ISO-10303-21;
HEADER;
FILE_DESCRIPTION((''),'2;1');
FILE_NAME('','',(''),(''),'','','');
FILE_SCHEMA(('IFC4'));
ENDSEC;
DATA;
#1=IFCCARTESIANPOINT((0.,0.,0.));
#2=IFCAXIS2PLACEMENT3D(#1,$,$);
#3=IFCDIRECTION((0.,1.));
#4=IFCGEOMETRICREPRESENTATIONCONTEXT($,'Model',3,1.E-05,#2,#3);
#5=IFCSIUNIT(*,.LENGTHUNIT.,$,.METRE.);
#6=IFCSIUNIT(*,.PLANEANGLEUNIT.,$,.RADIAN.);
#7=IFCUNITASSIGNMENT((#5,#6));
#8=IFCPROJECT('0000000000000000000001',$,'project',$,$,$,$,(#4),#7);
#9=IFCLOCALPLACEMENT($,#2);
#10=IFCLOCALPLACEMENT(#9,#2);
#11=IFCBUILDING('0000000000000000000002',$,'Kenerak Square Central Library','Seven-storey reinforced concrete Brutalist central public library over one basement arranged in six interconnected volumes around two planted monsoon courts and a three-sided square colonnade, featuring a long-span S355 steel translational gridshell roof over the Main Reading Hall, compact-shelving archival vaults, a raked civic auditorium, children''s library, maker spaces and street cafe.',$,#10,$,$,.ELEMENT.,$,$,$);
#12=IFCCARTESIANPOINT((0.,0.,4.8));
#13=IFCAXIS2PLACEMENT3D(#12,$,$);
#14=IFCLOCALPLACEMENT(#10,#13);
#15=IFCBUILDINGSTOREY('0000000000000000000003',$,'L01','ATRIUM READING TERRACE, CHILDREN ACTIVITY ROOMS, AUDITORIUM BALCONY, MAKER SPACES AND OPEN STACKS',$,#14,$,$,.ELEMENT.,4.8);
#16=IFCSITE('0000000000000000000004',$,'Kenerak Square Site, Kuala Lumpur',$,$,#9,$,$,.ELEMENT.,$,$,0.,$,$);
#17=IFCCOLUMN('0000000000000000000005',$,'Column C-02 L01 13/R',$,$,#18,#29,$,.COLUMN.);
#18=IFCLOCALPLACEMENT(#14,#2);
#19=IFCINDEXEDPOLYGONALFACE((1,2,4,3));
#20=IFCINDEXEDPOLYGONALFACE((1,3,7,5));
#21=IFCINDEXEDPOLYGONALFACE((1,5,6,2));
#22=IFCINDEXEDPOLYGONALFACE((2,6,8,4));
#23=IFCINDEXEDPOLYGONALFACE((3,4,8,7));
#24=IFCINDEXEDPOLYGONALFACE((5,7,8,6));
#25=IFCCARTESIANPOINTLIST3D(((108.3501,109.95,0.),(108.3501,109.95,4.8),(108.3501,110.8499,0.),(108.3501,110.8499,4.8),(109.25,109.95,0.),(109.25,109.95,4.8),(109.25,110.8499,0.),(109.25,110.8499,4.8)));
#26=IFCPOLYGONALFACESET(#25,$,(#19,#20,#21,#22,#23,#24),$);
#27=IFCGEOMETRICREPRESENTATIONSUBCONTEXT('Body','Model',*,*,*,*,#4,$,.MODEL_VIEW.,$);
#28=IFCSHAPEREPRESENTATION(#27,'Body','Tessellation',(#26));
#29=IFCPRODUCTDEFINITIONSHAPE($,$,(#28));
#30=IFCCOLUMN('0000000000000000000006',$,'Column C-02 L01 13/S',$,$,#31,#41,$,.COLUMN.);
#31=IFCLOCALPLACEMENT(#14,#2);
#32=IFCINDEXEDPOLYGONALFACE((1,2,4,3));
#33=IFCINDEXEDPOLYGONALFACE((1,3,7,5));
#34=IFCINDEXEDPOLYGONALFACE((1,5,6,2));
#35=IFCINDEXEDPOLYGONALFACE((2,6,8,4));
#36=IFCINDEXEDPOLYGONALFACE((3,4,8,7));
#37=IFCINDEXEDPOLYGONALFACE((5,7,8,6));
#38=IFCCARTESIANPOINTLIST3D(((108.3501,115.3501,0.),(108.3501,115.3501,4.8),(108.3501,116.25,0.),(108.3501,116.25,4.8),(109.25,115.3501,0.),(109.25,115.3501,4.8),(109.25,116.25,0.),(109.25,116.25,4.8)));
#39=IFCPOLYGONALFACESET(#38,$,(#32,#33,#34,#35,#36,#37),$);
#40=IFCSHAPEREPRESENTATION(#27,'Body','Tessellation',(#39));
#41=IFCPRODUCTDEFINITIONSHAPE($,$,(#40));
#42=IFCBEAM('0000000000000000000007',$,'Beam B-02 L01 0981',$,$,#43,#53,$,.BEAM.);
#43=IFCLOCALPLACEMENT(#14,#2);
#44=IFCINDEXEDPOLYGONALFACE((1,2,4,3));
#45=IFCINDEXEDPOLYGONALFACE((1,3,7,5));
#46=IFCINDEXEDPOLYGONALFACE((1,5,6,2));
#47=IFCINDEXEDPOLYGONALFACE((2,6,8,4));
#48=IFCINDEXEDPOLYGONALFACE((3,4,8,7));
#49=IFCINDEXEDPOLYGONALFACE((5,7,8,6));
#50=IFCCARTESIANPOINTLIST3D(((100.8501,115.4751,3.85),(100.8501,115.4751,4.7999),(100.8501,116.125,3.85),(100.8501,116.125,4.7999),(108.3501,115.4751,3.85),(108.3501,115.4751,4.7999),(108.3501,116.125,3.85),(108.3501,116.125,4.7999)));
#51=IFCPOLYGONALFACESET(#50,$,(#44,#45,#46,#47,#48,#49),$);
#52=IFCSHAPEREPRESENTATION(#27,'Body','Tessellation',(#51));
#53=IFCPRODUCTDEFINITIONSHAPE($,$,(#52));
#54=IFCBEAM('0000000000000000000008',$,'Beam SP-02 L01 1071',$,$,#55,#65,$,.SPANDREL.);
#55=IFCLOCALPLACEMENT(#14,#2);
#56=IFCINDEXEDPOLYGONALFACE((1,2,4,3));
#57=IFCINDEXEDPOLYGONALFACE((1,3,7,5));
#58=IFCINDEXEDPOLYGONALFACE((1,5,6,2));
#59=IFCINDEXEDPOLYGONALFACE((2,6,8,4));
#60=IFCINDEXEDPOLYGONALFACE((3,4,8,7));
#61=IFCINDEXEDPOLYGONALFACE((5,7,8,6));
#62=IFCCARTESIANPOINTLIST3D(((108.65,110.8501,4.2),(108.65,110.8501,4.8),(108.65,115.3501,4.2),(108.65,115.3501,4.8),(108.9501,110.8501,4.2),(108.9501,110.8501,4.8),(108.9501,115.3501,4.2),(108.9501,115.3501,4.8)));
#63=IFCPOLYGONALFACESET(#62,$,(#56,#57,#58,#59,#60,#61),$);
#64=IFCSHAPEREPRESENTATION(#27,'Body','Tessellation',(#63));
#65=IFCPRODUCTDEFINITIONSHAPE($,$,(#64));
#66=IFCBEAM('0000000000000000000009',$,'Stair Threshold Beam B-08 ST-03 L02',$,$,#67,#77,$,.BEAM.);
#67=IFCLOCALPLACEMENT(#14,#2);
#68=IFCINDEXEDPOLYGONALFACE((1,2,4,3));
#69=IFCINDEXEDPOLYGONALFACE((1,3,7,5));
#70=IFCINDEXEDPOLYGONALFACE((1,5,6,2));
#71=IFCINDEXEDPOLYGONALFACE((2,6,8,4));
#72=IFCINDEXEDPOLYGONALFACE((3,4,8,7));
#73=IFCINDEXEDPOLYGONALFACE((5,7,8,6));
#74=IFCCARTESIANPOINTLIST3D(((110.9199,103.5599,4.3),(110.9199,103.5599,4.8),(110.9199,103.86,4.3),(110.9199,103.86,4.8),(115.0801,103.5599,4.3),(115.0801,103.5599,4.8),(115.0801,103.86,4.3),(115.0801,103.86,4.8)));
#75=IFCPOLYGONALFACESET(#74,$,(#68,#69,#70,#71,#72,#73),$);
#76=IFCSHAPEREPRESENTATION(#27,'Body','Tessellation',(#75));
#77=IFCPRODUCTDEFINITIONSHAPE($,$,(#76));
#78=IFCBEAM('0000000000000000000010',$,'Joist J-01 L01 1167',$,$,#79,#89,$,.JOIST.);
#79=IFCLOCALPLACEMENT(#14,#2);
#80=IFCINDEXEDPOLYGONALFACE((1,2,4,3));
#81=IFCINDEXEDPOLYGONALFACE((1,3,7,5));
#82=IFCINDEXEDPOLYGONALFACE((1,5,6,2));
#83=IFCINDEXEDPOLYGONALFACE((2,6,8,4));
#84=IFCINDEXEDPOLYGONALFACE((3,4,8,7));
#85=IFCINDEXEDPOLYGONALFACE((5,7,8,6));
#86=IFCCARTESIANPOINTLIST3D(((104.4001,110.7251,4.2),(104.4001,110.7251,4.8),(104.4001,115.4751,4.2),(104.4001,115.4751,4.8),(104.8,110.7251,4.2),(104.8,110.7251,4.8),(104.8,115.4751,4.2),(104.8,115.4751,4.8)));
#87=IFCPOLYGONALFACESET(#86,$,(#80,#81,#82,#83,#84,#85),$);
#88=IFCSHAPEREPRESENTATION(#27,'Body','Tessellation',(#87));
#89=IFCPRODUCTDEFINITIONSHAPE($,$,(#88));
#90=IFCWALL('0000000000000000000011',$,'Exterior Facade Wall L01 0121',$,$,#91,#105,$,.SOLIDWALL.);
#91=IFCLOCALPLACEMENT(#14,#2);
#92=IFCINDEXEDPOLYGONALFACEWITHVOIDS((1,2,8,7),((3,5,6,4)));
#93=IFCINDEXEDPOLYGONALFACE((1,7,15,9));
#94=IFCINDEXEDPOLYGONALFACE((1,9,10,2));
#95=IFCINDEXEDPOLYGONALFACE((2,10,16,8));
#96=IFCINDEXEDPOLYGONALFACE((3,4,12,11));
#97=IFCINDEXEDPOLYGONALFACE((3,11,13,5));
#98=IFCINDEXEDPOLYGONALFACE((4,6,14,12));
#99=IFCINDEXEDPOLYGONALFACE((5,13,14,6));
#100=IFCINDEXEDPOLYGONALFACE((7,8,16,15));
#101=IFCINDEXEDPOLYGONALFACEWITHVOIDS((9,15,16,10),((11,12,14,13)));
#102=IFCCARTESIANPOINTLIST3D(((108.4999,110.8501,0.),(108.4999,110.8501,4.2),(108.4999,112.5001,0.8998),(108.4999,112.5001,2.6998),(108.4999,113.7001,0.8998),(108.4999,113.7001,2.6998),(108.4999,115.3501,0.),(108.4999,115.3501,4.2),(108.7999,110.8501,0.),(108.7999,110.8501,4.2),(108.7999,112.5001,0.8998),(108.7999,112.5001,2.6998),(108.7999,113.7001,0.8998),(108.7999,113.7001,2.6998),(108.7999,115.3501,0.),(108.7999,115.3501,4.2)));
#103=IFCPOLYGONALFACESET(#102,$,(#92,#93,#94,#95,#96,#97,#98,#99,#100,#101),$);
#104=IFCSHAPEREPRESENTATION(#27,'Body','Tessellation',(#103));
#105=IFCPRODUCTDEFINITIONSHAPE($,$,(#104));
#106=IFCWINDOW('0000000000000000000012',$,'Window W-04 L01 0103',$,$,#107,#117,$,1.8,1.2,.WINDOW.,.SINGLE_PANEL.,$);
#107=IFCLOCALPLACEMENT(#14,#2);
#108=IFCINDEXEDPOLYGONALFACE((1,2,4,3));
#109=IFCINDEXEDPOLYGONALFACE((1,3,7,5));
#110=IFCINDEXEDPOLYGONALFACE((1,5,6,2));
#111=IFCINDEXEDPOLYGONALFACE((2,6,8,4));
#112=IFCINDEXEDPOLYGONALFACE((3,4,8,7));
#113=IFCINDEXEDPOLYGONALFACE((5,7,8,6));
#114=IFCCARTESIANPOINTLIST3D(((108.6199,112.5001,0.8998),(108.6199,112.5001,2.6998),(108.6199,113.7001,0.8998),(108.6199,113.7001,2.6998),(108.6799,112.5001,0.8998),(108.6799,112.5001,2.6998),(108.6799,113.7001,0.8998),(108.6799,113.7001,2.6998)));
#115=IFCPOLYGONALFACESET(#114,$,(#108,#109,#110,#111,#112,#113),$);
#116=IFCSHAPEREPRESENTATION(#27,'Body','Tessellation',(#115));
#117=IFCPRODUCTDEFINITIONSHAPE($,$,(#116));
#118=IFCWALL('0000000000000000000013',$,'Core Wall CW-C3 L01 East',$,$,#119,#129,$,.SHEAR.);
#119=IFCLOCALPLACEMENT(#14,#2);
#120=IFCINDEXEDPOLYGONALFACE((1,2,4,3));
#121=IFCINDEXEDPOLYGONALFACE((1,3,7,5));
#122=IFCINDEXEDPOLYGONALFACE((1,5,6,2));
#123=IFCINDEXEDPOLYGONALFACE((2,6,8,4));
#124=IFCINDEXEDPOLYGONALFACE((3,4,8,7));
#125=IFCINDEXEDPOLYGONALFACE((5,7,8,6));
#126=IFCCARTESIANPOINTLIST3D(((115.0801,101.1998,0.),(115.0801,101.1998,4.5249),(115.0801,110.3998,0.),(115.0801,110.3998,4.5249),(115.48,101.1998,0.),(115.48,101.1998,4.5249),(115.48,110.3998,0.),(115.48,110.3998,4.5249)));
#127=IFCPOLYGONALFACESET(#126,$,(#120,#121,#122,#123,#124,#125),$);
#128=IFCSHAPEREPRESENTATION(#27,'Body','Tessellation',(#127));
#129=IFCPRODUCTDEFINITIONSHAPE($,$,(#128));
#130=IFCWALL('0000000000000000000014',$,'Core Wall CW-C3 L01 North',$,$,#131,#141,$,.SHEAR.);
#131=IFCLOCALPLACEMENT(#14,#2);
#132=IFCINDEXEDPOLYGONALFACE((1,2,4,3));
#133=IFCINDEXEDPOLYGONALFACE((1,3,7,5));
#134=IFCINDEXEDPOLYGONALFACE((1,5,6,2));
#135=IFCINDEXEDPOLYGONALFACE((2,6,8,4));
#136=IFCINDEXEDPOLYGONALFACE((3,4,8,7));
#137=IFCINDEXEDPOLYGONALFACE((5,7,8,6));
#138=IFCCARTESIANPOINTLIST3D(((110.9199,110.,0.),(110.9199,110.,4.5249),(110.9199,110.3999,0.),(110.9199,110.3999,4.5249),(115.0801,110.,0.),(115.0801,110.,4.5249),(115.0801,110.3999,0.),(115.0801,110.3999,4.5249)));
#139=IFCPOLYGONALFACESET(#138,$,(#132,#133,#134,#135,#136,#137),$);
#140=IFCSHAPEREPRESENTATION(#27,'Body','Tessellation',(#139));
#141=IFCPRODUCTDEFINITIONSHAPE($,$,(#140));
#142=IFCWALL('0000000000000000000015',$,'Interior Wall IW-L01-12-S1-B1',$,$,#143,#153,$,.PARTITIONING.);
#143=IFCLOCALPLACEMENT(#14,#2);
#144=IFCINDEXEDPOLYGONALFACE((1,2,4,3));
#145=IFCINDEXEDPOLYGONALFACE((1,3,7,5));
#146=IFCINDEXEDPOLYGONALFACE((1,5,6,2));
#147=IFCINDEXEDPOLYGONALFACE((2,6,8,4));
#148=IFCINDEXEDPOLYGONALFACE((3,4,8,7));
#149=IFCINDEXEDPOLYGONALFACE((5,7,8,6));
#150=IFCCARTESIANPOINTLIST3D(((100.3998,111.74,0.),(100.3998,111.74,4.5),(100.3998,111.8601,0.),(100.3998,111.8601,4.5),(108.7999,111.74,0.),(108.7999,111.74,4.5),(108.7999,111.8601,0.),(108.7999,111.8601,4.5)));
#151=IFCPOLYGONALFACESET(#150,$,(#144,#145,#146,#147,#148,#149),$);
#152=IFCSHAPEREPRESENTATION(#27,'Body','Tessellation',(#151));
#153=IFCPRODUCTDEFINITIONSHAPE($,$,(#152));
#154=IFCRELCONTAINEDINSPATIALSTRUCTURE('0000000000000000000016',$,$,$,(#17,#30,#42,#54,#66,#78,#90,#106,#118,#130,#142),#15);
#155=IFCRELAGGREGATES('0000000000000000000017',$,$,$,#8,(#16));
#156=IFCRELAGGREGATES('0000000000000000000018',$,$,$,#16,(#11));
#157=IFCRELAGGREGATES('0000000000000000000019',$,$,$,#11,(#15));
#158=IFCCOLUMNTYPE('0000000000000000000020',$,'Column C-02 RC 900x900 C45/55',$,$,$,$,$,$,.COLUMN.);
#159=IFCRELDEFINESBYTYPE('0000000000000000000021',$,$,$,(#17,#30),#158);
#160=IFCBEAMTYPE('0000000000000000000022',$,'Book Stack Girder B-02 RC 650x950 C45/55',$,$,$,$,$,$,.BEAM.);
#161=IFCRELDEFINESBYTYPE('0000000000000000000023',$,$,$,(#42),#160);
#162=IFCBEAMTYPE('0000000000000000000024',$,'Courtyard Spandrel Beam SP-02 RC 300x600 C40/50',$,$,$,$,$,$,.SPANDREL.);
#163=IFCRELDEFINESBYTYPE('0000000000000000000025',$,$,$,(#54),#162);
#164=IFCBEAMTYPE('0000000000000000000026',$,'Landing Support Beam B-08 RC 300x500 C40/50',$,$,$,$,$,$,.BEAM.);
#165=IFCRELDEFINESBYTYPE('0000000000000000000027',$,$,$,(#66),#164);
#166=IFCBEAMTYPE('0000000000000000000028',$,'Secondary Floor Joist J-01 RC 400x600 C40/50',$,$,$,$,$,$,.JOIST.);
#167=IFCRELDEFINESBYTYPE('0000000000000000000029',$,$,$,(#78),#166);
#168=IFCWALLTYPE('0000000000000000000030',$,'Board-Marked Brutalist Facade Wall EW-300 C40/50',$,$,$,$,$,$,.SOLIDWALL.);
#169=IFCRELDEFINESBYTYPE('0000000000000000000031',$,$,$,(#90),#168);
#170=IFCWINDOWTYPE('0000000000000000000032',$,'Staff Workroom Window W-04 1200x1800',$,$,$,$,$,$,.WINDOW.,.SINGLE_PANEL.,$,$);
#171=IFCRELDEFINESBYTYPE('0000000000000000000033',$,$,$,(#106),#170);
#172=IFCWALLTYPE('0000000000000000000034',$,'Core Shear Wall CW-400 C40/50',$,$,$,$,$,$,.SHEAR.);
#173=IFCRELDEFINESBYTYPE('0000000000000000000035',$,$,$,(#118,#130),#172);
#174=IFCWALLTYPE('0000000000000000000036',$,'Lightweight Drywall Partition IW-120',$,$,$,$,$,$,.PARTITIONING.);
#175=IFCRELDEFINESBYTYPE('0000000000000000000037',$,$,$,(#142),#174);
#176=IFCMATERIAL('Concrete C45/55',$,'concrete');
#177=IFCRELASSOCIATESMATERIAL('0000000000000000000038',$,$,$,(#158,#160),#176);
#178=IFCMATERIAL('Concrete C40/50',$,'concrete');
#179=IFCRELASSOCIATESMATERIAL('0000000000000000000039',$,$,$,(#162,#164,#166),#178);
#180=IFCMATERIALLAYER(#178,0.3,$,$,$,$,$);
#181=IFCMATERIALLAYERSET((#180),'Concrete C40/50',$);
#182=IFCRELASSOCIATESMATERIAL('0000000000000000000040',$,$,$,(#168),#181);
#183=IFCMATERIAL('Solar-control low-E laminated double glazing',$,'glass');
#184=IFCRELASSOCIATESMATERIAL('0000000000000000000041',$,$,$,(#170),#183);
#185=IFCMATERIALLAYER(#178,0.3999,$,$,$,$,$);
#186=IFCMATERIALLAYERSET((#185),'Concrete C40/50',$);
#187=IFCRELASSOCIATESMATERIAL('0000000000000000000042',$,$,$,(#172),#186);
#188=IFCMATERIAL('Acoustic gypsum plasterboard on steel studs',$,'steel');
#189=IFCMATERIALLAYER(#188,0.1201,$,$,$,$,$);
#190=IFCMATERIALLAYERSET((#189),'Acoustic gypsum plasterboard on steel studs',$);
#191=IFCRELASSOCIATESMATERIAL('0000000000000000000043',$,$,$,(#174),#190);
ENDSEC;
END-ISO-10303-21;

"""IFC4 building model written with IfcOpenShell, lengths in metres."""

from ifc_helpers import new_model, si_unit, direction, frame, frame_2d, origin, origin_2d, place, context, subcontext, project, spatial, rectangle, extrude, material, layer, layer_set, material_profile, profile_set, type_object, element, fill, save


model = new_model("IFC4")

# Units and contexts
model_context = context("Model", 3, precision=1e-05, world=origin(), true_north=direction((0.0, 1.0)))
body_context = subcontext(model_context, "Body", "Model", "MODEL_VIEW")
ifc_project = project(units=[si_unit("LENGTHUNIT", "METRE"), si_unit("PLANEANGLEUNIT", "RADIAN")], contexts=[model_context])

# Site, building, storey
site_placement = place(None, origin())
site = spatial("IfcSite", under=ifc_project, at=site_placement, Name="Kenerak Square Site, Kuala Lumpur", CompositionType="ELEMENT", RefElevation=0.0)
building_placement = place(site_placement, origin())
building = spatial("IfcBuilding", under=site, at=building_placement, Name="Kenerak Square Central Library", Description="Seven-storey reinforced concrete Brutalist central public library over one basement arranged in six interconnected volumes around two planted monsoon courts and a three-sided square colonnade, featuring a long-span S355 steel translational gridshell roof over the Main Reading Hall, compact-shelving archival vaults, a raked civic auditorium, children's library, maker spaces and street cafe.", CompositionType="ELEMENT")
storey_placement = place(building_placement, frame((0.0, 0.0, 4.8)))
storey = spatial("IfcBuildingStorey", under=building, at=storey_placement, Name="L01", Description="ATRIUM READING TERRACE, CHILDREN ACTIVITY ROOMS, AUDITORIUM BALCONY, MAKER SPACES AND OPEN STACKS", CompositionType="ELEMENT", Elevation=4.8)

# Columns
ifc_material_1 = material(Name="Concrete C45/55", Category="concrete")
ifc_material_profile_1 = material_profile(ifc_material_1, rectangle(XDim=0.8999, YDim=0.8999, at=origin_2d()), Name="RC 900x900")
ifc_profile_set_1 = profile_set([ifc_material_profile_1], Name="Concrete C45/55")
column_type = type_object("IfcColumnType", Name="Column C-02 RC 900x900 C45/55", PredefinedType="COLUMN", material=ifc_profile_set_1)
for number, where, z_axis, x_axis, name in (
    (1, (108.8, 110.3999, 0.0), (0.0, 0.0, 1.0), (1.0, 0.0, 0.0), "Column C-02 L01 13/R"),
    (2, (108.8, 115.8, 0.0), (0.0, 0.0, 1.0), (1.0, 0.0, 0.0), "Column C-02 L01 13/S"),
):
    element("IfcColumn", number, at=place(storey_placement, frame(where, z_axis=z_axis, x_axis=x_axis)), inside=storey, type_object=column_type, Name=name, PredefinedType="COLUMN", context=body_context, shape_type="SweptSolid", body=[
        extrude(rectangle(XDim=0.8999, YDim=0.8999, at=origin_2d()), origin(), (0.0, 0.0, 1.0), 4.8),
    ])

# Beams
ifc_material_profile_2 = material_profile(ifc_material_1, rectangle(XDim=0.6499, YDim=0.95, at=origin_2d()), Name="RC 650x950")
ifc_profile_set_2 = profile_set([ifc_material_profile_2], Name="Concrete C45/55")
beam_type_1 = type_object("IfcBeamType", Name="Book Stack Girder B-02 RC 650x950 C45/55", PredefinedType="BEAM", material=ifc_profile_set_2)
beam_1_placement = place(storey_placement, frame((100.8501, 115.8, 4.325), z_axis=(1.0, 0.0, 0.0), x_axis=(0.0, 1.0, 0.0)))
element("IfcBeam", 3, at=beam_1_placement, inside=storey, type_object=beam_type_1, Name="Beam B-02 L01 0981", PredefinedType="BEAM", context=body_context, shape_type="SweptSolid", body=[
    extrude(rectangle(XDim=0.6499, YDim=0.95, at=origin_2d()), origin(), (0.0, 0.0, 1.0), 7.5),
])
ifc_material_2 = material(Name="Concrete C40/50", Category="concrete")
ifc_material_profile_3 = material_profile(ifc_material_2, rectangle(XDim=0.3, YDim=0.6001, at=origin_2d()), Name="RC 300x600")
ifc_profile_set_3 = profile_set([ifc_material_profile_3], Name="Concrete C40/50")
beam_type_2 = type_object("IfcBeamType", Name="Courtyard Spandrel Beam SP-02 RC 300x600 C40/50", PredefinedType="SPANDREL", material=ifc_profile_set_3)
beam_2_placement = place(storey_placement, frame((108.8, 110.8501, 4.5), z_axis=(0.0, 1.0, 0.0), x_axis=(-1.0, 0.0, 0.0)))
element("IfcBeam", 4, at=beam_2_placement, inside=storey, type_object=beam_type_2, Name="Beam SP-02 L01 1071", PredefinedType="SPANDREL", context=body_context, shape_type="SweptSolid", body=[
    extrude(rectangle(XDim=0.3, YDim=0.6001, at=origin_2d()), origin(), (0.0, 0.0, 1.0), 4.5),
])
ifc_material_profile_4 = material_profile(ifc_material_2, rectangle(XDim=0.3, YDim=0.5, at=origin_2d()), Name="RC 300x500")
ifc_profile_set_4 = profile_set([ifc_material_profile_4], Name="Concrete C40/50")
beam_type_3 = type_object("IfcBeamType", Name="Landing Support Beam B-08 RC 300x500 C40/50", PredefinedType="BEAM", material=ifc_profile_set_4)
beam_3_placement = place(storey_placement, frame((110.9199, 103.71, 4.55), z_axis=(1.0, 0.0, 0.0), x_axis=(0.0, 1.0, 0.0)))
element("IfcBeam", 5, at=beam_3_placement, inside=storey, type_object=beam_type_3, Name="Stair Threshold Beam B-08 ST-03 L02", PredefinedType="BEAM", context=body_context, shape_type="SweptSolid", body=[
    extrude(rectangle(XDim=0.3, YDim=0.5, at=origin_2d()), origin(), (0.0, 0.0, 1.0), 4.1602),
])
ifc_material_profile_5 = material_profile(ifc_material_2, rectangle(XDim=0.3999, YDim=0.6001, at=origin_2d()), Name="RC 400x600")
ifc_profile_set_5 = profile_set([ifc_material_profile_5], Name="Concrete C40/50")
beam_type_4 = type_object("IfcBeamType", Name="Secondary Floor Joist J-01 RC 400x600 C40/50", PredefinedType="JOIST", material=ifc_profile_set_5)
beam_4_placement = place(storey_placement, frame((104.6001, 110.7251, 4.5), z_axis=(0.0, 1.0, 0.0), x_axis=(-1.0, 0.0, 0.0)))
element("IfcBeam", 6, at=beam_4_placement, inside=storey, type_object=beam_type_4, Name="Joist J-01 L01 1167", PredefinedType="JOIST", context=body_context, shape_type="SweptSolid", body=[
    extrude(rectangle(XDim=0.3999, YDim=0.6001, at=origin_2d()), origin(), (0.0, 0.0, 1.0), 4.75),
])

# Wall, opening, window
ifc_layer_1 = layer(ifc_material_2, 0.3)
ifc_layer_set_1 = layer_set([ifc_layer_1], Name="Concrete C40/50")
wall_type_1 = type_object("IfcWallType", Name="Board-Marked Brutalist Facade Wall EW-300 C40/50", PredefinedType="SOLIDWALL", material=ifc_layer_set_1)
wall_1_placement = place(storey_placement, frame((108.6499, 115.3501, 0.0), z_axis=(0.0, 0.0, 1.0), x_axis=(0.0, -1.0, 0.0)))
wall_1 = element("IfcWall", 7, at=wall_1_placement, inside=storey, type_object=wall_type_1, Name="Exterior Facade Wall L01 0121", PredefinedType="SOLIDWALL", context=body_context, shape_type="SweptSolid", body=[
    extrude(rectangle(XDim=4.5, YDim=0.3, at=frame_2d((2.25, 0.0))), origin(), (0.0, 0.0, 1.0), 4.2),
])
opening_placement = place(wall_1_placement, frame((1.6499, 0.0, 0.8999)))
opening = element("IfcOpeningElement", 8, at=opening_placement, cuts=wall_1, PredefinedType="OPENING", context=body_context, shape_type="SweptSolid", body=[
    extrude(rectangle(XDim=1.2, YDim=1.8, at=frame_2d((0.6001, 0.8999))), frame((0.0, 0.1599, 0.0), z_axis=(0.0, -1.0, 0.0), x_axis=(1.0, 0.0, 0.0)), (0.0, 0.0, 1.0), 0.3201),
])
ifc_material_3 = material(Name="Solar-control low-E laminated double glazing", Category="glass")
window_type = type_object("IfcWindowType", Name="Staff Workroom Window W-04 1200x1800", PartitioningType="SINGLE_PANEL", PredefinedType="WINDOW", material=ifc_material_3)
window_placement = place(opening_placement, origin())
window = element("IfcWindow", 9, at=window_placement, inside=storey, type_object=window_type, Name="Window W-04 L01 0103", OverallHeight=1.8, OverallWidth=1.2, PartitioningType="SINGLE_PANEL", PredefinedType="WINDOW", context=body_context, shape_type="SweptSolid", body=[
    extrude(rectangle(XDim=1.2, YDim=1.8, at=frame_2d((0.6001, 0.8999))), frame((0.0, 0.03, 0.0), z_axis=(0.0, -1.0, 0.0), x_axis=(1.0, 0.0, 0.0)), (0.0, 0.0, 1.0), 0.0601),
])
fill(opening, window)

# Walls
ifc_layer_2 = layer(ifc_material_2, 0.3999)
ifc_layer_set_2 = layer_set([ifc_layer_2], Name="Concrete C40/50")
wall_type_2 = type_object("IfcWallType", Name="Core Shear Wall CW-400 C40/50", PredefinedType="SHEAR", material=ifc_layer_set_2)
wall_2_placement = place(storey_placement, frame((115.28, 110.3999, 0.0), z_axis=(0.0, 0.0, 1.0), x_axis=(0.0, -1.0, 0.0)))
element("IfcWall", 10, at=wall_2_placement, inside=storey, type_object=wall_type_2, Name="Core Wall CW-C3 L01 East", PredefinedType="SHEAR", context=body_context, shape_type="SweptSolid", body=[
    extrude(rectangle(XDim=9.2, YDim=0.3999, at=frame_2d((4.6001, 0.0))), origin(), (0.0, 0.0, 1.0), 4.5249),
])
wall_3_placement = place(storey_placement, frame((110.9199, 110.2, 0.0), z_axis=(0.0, 0.0, 1.0), x_axis=(1.0, 0.0, 0.0)))
element("IfcWall", 11, at=wall_3_placement, inside=storey, type_object=wall_type_2, Name="Core Wall CW-C3 L01 North", PredefinedType="SHEAR", context=body_context, shape_type="SweptSolid", body=[
    extrude(rectangle(XDim=4.1602, YDim=0.3999, at=frame_2d((2.0801, 0.0))), origin(), (0.0, 0.0, 1.0), 4.5249),
])
ifc_material_4 = material(Name="Acoustic gypsum plasterboard on steel studs", Category="steel")
ifc_layer_3 = layer(ifc_material_4, 0.1201)
ifc_layer_set_3 = layer_set([ifc_layer_3], Name="Acoustic gypsum plasterboard on steel studs")
wall_type_3 = type_object("IfcWallType", Name="Lightweight Drywall Partition IW-120", PredefinedType="PARTITIONING", material=ifc_layer_set_3)
wall_4_placement = place(storey_placement, frame((108.8, 111.8, 0.0), z_axis=(0.0, 0.0, 1.0), x_axis=(-1.0, 0.0, 0.0)))
element("IfcWall", 12, at=wall_4_placement, inside=storey, type_object=wall_type_3, Name="Interior Wall IW-L01-12-S1-B1", PredefinedType="PARTITIONING", context=body_context, shape_type="SweptSolid", body=[
    extrude(rectangle(XDim=8.4001, YDim=0.1201, at=frame_2d((4.2002, 0.0))), origin(), (0.0, 0.0, 1.0), 4.5),
])

save(model, "model.ifc")
